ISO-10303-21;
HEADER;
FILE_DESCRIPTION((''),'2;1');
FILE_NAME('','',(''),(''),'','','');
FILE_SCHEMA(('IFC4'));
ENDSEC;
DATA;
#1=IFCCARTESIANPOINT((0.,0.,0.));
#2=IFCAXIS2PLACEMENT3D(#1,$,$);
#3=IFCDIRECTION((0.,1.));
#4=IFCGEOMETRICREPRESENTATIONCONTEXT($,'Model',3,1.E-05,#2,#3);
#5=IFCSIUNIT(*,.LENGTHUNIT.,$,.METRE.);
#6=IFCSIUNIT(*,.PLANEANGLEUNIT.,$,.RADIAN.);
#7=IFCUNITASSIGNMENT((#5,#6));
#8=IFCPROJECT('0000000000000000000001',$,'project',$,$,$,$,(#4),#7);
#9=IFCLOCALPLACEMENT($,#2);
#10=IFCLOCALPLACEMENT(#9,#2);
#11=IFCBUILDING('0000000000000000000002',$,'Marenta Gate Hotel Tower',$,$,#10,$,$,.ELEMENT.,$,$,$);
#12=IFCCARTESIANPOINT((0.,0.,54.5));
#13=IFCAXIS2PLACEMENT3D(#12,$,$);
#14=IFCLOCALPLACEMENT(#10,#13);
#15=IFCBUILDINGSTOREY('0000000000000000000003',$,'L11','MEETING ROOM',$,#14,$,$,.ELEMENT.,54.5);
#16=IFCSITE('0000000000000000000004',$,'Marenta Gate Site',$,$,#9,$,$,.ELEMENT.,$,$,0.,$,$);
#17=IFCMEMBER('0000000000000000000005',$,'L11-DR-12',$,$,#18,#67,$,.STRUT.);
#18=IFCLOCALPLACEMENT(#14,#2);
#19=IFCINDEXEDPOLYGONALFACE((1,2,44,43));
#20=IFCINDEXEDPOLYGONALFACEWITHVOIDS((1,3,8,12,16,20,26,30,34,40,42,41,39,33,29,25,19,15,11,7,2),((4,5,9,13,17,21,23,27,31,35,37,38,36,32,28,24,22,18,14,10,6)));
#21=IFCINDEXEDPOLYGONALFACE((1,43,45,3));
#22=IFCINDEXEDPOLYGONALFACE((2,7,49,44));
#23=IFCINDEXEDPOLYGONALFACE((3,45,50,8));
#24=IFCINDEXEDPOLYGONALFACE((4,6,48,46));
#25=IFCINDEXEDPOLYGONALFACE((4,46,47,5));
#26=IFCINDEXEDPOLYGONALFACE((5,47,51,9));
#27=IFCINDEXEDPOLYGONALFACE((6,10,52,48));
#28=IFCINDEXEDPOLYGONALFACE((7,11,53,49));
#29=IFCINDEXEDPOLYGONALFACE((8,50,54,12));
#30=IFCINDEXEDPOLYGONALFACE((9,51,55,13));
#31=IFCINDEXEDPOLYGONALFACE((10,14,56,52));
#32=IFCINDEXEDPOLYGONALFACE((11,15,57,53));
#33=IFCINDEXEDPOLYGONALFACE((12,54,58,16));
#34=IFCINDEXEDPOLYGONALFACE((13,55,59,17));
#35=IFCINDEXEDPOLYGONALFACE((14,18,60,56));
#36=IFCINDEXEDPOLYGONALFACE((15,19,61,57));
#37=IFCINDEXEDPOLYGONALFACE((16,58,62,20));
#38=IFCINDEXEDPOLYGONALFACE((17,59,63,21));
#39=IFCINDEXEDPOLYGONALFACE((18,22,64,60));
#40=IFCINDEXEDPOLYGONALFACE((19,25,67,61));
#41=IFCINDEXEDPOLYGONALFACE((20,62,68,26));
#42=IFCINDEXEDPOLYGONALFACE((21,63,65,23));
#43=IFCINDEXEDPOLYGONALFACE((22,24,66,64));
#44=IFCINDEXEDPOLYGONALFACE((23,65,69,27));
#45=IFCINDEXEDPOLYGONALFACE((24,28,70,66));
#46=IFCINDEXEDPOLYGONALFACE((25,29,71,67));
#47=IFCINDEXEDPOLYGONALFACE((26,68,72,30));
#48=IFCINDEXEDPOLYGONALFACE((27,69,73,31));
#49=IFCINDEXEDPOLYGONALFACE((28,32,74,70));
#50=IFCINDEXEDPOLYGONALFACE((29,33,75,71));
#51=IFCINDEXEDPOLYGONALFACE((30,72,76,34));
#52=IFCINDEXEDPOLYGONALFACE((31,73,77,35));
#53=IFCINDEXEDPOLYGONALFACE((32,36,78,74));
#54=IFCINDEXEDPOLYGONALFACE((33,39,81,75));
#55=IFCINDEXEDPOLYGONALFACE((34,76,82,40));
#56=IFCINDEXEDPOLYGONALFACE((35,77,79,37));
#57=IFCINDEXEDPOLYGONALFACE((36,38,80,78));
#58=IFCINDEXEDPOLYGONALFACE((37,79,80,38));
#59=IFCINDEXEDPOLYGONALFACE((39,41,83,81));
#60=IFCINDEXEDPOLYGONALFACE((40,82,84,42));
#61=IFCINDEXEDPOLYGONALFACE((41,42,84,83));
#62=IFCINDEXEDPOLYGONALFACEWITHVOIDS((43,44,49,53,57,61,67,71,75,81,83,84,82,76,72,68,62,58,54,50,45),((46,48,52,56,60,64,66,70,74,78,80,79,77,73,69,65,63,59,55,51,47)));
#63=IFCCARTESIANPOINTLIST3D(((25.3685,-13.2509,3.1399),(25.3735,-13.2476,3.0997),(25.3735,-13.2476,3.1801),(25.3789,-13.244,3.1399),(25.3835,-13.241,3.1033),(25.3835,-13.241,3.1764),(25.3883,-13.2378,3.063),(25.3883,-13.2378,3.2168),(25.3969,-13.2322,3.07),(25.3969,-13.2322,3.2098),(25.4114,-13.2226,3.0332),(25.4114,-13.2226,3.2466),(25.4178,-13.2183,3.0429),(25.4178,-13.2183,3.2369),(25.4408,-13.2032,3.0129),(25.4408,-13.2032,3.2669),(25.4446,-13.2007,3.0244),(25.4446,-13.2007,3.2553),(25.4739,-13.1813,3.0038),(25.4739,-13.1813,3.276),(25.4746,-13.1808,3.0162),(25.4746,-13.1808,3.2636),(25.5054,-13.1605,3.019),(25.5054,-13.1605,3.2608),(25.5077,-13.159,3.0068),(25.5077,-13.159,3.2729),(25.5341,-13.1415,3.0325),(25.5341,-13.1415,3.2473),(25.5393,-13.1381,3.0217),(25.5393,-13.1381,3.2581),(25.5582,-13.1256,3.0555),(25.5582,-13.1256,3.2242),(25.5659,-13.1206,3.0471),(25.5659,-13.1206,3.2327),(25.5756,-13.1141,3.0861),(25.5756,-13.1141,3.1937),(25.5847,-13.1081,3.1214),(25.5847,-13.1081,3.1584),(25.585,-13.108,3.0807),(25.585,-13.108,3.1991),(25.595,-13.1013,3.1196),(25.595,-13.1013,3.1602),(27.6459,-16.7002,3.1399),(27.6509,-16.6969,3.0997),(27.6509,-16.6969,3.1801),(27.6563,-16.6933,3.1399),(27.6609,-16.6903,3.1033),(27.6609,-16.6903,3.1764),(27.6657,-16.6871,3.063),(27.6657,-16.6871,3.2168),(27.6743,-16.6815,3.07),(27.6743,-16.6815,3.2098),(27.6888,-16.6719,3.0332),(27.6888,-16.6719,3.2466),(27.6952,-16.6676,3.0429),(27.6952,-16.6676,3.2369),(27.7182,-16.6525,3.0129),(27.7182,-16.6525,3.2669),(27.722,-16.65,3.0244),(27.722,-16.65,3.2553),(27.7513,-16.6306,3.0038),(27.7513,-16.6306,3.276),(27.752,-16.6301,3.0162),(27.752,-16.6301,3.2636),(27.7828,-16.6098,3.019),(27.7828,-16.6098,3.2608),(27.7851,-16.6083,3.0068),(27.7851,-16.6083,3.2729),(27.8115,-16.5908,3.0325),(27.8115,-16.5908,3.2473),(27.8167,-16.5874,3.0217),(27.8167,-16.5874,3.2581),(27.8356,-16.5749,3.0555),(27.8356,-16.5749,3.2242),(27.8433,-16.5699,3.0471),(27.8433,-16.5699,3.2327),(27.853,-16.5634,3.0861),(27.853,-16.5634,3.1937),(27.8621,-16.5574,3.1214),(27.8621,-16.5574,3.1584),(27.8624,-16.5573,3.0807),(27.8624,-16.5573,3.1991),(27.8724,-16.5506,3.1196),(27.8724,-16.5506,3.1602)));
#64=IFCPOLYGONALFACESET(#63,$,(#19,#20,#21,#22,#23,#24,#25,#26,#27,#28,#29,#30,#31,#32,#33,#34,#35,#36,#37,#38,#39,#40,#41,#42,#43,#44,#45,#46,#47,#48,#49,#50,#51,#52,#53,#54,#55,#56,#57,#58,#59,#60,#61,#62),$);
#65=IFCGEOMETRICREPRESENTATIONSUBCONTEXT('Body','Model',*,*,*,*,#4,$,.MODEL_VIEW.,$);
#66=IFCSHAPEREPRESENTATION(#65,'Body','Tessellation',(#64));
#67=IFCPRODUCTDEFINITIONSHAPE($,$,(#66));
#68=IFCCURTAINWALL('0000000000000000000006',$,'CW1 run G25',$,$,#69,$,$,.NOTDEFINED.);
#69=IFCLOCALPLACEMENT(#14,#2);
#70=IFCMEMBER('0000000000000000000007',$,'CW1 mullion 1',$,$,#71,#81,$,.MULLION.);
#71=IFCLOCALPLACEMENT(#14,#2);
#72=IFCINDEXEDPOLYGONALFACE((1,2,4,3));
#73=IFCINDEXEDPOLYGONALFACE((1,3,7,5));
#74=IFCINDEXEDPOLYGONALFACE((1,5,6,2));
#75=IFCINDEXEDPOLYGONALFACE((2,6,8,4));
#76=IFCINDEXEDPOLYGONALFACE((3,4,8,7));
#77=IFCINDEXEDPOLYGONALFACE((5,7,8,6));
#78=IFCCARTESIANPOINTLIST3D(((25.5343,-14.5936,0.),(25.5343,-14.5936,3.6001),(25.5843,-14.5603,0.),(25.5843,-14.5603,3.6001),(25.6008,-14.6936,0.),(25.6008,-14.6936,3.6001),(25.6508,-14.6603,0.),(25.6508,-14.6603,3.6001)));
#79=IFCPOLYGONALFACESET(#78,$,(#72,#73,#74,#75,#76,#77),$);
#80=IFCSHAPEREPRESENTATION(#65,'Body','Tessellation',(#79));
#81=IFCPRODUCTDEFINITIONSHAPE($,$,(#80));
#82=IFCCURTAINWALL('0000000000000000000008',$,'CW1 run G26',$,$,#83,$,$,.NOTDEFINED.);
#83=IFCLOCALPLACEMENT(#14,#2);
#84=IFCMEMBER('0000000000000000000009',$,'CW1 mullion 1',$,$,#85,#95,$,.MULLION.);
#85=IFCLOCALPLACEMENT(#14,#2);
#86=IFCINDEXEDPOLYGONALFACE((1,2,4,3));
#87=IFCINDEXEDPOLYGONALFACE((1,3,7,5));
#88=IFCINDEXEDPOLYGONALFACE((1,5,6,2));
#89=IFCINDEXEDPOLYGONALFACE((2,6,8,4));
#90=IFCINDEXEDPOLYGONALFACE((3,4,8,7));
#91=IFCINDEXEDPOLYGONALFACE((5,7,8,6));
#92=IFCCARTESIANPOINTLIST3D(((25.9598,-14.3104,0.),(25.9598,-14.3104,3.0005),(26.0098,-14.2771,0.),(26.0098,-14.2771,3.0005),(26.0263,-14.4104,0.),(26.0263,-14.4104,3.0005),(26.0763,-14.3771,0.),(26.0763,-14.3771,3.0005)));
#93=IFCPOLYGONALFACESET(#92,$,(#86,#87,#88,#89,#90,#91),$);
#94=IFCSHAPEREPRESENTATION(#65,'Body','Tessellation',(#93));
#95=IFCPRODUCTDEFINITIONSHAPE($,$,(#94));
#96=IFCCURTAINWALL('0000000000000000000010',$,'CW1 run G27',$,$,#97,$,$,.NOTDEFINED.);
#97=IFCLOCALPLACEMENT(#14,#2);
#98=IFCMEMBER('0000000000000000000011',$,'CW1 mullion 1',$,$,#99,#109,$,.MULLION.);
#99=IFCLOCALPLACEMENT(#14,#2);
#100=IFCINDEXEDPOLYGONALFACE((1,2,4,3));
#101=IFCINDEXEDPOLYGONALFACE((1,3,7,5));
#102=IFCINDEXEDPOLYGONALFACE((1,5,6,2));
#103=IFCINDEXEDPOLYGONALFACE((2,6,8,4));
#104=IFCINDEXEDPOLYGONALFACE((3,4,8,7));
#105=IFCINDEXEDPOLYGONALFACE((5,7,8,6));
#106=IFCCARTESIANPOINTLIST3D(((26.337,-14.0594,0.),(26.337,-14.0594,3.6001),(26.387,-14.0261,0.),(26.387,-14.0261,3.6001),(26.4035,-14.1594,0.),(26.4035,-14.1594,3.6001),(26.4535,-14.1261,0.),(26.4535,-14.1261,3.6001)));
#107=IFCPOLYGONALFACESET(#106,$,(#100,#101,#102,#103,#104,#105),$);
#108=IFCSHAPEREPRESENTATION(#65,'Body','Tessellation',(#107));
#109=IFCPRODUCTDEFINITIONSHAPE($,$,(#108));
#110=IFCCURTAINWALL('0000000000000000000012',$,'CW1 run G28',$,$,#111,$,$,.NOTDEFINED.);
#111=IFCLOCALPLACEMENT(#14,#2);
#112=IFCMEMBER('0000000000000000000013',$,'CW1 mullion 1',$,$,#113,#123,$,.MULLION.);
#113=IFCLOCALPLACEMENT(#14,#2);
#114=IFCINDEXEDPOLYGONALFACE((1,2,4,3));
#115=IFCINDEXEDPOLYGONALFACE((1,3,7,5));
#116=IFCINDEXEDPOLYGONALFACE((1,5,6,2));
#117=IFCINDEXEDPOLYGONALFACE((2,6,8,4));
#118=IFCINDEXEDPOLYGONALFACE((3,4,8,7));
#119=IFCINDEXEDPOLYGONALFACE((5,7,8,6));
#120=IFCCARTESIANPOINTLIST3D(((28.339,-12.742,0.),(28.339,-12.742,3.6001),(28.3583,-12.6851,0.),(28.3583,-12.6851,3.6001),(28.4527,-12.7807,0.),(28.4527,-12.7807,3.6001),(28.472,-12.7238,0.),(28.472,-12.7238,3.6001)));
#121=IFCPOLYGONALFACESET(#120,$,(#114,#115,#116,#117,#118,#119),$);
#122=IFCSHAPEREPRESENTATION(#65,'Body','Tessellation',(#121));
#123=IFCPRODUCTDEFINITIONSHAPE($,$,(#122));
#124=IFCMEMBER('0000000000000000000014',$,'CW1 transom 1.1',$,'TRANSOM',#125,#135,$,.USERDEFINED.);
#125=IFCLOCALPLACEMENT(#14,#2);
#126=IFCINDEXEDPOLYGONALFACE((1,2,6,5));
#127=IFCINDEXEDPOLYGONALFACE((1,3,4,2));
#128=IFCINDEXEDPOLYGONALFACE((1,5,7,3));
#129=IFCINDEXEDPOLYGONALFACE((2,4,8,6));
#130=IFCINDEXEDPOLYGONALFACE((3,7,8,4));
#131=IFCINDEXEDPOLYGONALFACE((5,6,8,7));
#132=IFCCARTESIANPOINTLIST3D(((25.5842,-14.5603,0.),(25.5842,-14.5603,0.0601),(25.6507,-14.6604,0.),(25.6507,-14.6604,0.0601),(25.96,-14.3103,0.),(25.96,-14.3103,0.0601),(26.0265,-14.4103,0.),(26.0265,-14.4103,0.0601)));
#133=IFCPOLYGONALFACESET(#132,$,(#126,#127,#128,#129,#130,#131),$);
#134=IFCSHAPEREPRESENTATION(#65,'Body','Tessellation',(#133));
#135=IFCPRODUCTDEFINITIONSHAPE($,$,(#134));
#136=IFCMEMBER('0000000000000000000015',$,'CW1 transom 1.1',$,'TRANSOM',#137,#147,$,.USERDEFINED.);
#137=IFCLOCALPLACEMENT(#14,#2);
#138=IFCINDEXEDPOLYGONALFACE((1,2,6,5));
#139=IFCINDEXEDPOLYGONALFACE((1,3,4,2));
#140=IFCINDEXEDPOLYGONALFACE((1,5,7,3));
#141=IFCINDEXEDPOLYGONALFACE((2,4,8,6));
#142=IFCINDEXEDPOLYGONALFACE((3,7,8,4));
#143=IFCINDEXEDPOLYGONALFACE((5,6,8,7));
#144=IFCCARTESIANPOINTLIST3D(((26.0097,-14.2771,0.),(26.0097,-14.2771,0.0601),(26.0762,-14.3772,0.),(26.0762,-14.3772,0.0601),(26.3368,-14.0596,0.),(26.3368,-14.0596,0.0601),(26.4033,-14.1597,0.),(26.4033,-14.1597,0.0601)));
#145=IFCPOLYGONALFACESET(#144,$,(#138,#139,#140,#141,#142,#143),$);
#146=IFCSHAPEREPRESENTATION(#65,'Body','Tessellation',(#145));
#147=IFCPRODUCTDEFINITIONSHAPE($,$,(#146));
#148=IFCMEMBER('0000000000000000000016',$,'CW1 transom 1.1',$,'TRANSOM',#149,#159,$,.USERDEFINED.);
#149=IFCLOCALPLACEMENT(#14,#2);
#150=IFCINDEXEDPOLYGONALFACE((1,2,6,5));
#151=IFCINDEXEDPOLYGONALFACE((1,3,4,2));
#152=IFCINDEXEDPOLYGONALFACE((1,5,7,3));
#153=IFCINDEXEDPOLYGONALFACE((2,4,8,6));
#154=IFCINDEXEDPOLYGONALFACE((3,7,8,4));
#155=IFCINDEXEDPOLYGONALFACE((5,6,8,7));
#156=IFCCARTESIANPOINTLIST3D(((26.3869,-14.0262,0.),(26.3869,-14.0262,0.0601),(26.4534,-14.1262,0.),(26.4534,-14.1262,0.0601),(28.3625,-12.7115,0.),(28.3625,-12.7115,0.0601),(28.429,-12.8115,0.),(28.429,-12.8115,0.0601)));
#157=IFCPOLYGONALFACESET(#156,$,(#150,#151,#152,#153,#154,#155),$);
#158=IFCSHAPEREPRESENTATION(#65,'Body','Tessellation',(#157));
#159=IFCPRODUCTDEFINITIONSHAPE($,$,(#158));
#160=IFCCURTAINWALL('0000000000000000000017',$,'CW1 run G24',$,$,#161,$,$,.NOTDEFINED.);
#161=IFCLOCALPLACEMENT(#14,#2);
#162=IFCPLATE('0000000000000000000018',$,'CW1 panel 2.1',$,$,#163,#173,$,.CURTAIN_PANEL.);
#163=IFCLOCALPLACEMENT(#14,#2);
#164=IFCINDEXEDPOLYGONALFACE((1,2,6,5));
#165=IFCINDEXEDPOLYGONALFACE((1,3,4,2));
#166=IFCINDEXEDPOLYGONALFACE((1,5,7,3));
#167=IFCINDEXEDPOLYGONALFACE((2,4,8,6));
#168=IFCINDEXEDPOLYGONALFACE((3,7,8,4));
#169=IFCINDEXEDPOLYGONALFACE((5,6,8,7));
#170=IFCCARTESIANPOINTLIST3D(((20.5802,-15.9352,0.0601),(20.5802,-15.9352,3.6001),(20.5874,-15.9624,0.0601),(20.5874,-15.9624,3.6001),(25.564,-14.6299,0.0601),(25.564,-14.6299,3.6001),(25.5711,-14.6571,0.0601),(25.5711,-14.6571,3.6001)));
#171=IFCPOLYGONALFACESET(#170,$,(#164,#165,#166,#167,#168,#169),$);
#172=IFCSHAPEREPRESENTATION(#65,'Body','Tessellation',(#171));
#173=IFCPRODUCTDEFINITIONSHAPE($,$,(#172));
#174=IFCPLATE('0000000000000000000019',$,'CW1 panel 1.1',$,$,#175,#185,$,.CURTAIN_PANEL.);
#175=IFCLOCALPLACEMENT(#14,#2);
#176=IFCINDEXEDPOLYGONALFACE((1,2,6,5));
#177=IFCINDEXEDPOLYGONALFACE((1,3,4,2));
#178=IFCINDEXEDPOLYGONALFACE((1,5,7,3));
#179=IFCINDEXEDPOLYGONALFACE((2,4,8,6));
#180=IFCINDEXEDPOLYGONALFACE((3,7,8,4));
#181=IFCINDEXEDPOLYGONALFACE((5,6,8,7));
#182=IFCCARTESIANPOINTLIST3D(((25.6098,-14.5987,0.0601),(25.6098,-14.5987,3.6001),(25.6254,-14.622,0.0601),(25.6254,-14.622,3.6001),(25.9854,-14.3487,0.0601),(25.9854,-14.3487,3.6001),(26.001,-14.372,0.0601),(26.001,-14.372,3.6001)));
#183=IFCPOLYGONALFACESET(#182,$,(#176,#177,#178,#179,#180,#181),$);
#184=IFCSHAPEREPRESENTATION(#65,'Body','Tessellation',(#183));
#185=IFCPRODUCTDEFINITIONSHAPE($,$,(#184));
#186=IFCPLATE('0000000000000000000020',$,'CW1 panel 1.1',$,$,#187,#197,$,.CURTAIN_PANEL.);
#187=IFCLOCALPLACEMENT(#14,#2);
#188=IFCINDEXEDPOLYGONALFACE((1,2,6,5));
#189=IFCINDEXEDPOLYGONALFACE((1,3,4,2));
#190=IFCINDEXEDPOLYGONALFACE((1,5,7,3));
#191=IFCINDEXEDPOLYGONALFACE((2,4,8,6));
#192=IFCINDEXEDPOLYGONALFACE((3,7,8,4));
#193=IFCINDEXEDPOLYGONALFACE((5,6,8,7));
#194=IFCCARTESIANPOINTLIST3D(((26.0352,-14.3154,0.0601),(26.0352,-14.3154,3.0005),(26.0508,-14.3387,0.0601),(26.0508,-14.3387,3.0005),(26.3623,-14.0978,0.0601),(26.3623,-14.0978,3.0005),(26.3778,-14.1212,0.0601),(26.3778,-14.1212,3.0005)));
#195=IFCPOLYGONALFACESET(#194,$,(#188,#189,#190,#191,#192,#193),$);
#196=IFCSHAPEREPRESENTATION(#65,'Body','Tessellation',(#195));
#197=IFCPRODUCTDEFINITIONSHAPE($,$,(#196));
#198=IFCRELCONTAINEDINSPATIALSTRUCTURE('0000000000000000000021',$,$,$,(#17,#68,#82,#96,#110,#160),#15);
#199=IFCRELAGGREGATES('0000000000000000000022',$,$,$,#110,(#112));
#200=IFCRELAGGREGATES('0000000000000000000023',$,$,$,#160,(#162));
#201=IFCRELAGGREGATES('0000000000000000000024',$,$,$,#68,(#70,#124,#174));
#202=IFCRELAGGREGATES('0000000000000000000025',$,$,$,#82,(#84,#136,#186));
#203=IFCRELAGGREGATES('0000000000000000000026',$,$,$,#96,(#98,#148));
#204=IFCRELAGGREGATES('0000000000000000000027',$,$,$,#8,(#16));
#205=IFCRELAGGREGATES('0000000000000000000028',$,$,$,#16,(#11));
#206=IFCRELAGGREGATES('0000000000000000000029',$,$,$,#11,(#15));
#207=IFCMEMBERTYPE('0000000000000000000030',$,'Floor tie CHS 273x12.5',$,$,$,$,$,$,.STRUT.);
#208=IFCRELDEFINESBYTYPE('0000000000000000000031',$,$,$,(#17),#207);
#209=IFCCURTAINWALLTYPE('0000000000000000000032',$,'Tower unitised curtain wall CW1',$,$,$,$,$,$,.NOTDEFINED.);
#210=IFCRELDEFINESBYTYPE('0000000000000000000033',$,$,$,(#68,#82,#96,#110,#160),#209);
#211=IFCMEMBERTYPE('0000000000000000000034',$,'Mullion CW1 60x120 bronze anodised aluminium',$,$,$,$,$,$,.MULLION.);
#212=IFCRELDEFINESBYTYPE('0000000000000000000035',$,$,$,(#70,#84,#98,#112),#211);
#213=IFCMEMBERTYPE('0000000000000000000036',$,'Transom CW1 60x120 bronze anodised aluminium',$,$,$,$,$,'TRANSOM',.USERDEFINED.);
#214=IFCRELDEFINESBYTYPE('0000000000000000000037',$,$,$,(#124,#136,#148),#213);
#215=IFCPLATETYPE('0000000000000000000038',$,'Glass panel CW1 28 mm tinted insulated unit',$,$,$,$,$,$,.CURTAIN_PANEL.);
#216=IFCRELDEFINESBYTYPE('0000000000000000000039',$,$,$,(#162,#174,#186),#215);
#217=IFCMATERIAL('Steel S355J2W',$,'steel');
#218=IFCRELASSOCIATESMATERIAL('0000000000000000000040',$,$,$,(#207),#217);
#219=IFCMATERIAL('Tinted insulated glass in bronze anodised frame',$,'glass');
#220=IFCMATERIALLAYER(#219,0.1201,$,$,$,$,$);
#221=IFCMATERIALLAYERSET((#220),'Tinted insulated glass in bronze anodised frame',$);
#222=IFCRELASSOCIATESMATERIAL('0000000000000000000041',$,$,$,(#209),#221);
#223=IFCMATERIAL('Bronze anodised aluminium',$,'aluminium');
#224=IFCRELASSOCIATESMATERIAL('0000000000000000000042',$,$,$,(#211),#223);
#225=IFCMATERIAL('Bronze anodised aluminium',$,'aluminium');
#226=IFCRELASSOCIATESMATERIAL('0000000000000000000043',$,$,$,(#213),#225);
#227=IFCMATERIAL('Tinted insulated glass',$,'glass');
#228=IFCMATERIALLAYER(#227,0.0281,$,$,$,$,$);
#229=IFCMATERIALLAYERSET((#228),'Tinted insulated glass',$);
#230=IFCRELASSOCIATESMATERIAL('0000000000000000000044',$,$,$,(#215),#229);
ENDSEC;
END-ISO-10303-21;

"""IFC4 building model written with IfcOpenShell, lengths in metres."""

from ifc_helpers import new_model, si_unit, direction, frame, origin, origin_2d, place, context, subcontext, project, spatial, rectangle, hollow_circle, extrude, material, layer, layer_set, material_profile, profile_set, type_object, element, aggregate, save


model = new_model("IFC4")

# Units and contexts
model_context = context("Model", 3, precision=1e-05, world=origin(), true_north=direction((0.0, 1.0)))
body_context = subcontext(model_context, "Body", "Model", "MODEL_VIEW")
ifc_project = project(units=[si_unit("LENGTHUNIT", "METRE"), si_unit("PLANEANGLEUNIT", "RADIAN")], contexts=[model_context])

# Site, building, storey
site_placement = place(None, origin())
site = spatial("IfcSite", under=ifc_project, at=site_placement, Name="Marenta Gate Site", CompositionType="ELEMENT", RefElevation=0.0)
building_placement = place(site_placement, origin())
building = spatial("IfcBuilding", under=site, at=building_placement, Name="Marenta Gate Hotel Tower", CompositionType="ELEMENT")
storey_placement = place(building_placement, frame((0.0, 0.0, 54.5)))
storey = spatial("IfcBuildingStorey", under=building, at=storey_placement, Name="L11", Description="MEETING ROOM", CompositionType="ELEMENT", Elevation=54.5)

# Member
ifc_material_1 = material(Name="Steel S355J2W", Category="steel")
ifc_material_profile_1 = material_profile(ifc_material_1, hollow_circle(Radius=0.1365, WallThickness=0.0125, at=origin_2d()), Name="CHS 273x12.5")
ifc_profile_set_1 = profile_set([ifc_material_profile_1], Name="Steel S355J2W")
member_type_1 = type_object("IfcMemberType", Name="Floor tie CHS 273x12.5", PredefinedType="STRUT", material=ifc_profile_set_1)
member_1_placement = place(storey_placement, frame((27.7598, -16.625, 3.1399), z_axis=(-0.550987, 0.834514, 0.0), x_axis=(-0.834514, -0.550987, 0.0)))
element("IfcMember", 1, at=member_1_placement, inside=storey, type_object=member_type_1, Name="L11-DR-12", PredefinedType="STRUT", context=body_context, shape_type="SweptSolid", body=[
    extrude(hollow_circle(Radius=0.1365, WallThickness=0.0125, at=origin_2d()), origin(), (0.0, 0.0, 1.0), 4.1333),
])

# Curtain walls, members
ifc_material_2 = material(Name="Tinted insulated glass in bronze anodised frame", Category="glass")
ifc_layer_1 = layer(ifc_material_2, 0.1201)
ifc_layer_set_1 = layer_set([ifc_layer_1], Name="Tinted insulated glass in bronze anodised frame")
curtain_wall_type = type_object("IfcCurtainWallType", Name="Tower unitised curtain wall CW1", PredefinedType="NOTDEFINED", material=ifc_layer_set_1)
curtain_wall_1_placement = place(storey_placement, origin())
curtain_wall_1 = element("IfcCurtainWall", 2, at=curtain_wall_1_placement, inside=storey, type_object=curtain_wall_type, Name="CW1 run G25", PredefinedType="NOTDEFINED")
ifc_material_3 = material(Name="Bronze anodised aluminium", Category="aluminium")
ifc_material_profile_2 = material_profile(ifc_material_3, rectangle(XDim=0.1201, YDim=0.0601, at=origin_2d()), Name="Mullion CW1 60x120 bronze anodised aluminium")
ifc_profile_set_2 = profile_set([ifc_material_profile_2], Name="Bronze anodised aluminium")
member_type_2 = type_object("IfcMemberType", Name="Mullion CW1 60x120 bronze anodised aluminium", PredefinedType="MULLION", material=ifc_profile_set_2)
member_2_placement = place(storey_placement, frame((25.5925, -14.627, 0.0), z_axis=(0.0, 0.0, 1.0), x_axis=(-0.554068, 0.832471, 0.0)))
member_2 = element("IfcMember", 3, at=member_2_placement, type_object=member_type_2, Name="CW1 mullion 1", PredefinedType="MULLION", context=body_context, shape_type="SweptSolid", body=[
    extrude(rectangle(XDim=0.1201, YDim=0.0601, at=origin_2d()), origin(), (0.0, 0.0, 1.0), 3.6001),
])
curtain_wall_2_placement = place(storey_placement, origin())
curtain_wall_2 = element("IfcCurtainWall", 4, at=curtain_wall_2_placement, inside=storey, type_object=curtain_wall_type, Name="CW1 run G26", PredefinedType="NOTDEFINED")
member_3_placement = place(storey_placement, frame((26.0181, -14.3438, 0.0), z_axis=(0.0, 0.0, 1.0), x_axis=(-0.553936, 0.832559, 0.0)))
member_3 = element("IfcMember", 5, at=member_3_placement, type_object=member_type_2, Name="CW1 mullion 1", PredefinedType="MULLION", context=body_context, shape_type="SweptSolid", body=[
    extrude(rectangle(XDim=0.1201, YDim=0.0601, at=origin_2d()), origin(), (0.0, 0.0, 1.0), 3.0005),
])
curtain_wall_3_placement = place(storey_placement, origin())
curtain_wall_3 = element("IfcCurtainWall", 6, at=curtain_wall_3_placement, inside=storey, type_object=curtain_wall_type, Name="CW1 run G27", PredefinedType="NOTDEFINED")
member_4_placement = place(storey_placement, frame((26.3953, -14.0928, 0.0), z_axis=(0.0, 0.0, 1.0), x_axis=(-0.554046, 0.832486, 0.0)))
member_4 = element("IfcMember", 7, at=member_4_placement, type_object=member_type_2, Name="CW1 mullion 1", PredefinedType="MULLION", context=body_context, shape_type="SweptSolid", body=[
    extrude(rectangle(XDim=0.1201, YDim=0.0601, at=origin_2d()), origin(), (0.0, 0.0, 1.0), 3.6001),
])
curtain_wall_4_placement = place(storey_placement, origin())
curtain_wall_4 = element("IfcCurtainWall", 8, at=curtain_wall_4_placement, inside=storey, type_object=curtain_wall_type, Name="CW1 run G28", PredefinedType="NOTDEFINED")
member_5_placement = place(storey_placement, frame((28.4055, -12.7329, 0.0), z_axis=(0.0, 0.0, 1.0), x_axis=(-0.946722, 0.322051, 0.0)))
member_5 = element("IfcMember", 9, at=member_5_placement, type_object=member_type_2, Name="CW1 mullion 1", PredefinedType="MULLION", context=body_context, shape_type="SweptSolid", body=[
    extrude(rectangle(XDim=0.1201, YDim=0.0601, at=origin_2d()), origin(), (0.0, 0.0, 1.0), 3.6001),
])
aggregate(curtain_wall_4, [member_5])

# Members
ifc_material_4 = material(Name="Bronze anodised aluminium", Category="aluminium")
ifc_material_profile_3 = material_profile(ifc_material_4, rectangle(XDim=0.1201, YDim=0.0601, at=origin_2d()), Name="Transom CW1 60x120 bronze anodised aluminium")
ifc_profile_set_3 = profile_set([ifc_material_profile_3], Name="Bronze anodised aluminium")
member_type_3 = type_object("IfcMemberType", Name="Transom CW1 60x120 bronze anodised aluminium", ElementType="TRANSOM", PredefinedType="USERDEFINED", material=ifc_profile_set_3)
member_6_placement = place(storey_placement, frame((25.6174, -14.6104, 0.03), z_axis=(0.832549, 0.553951, 0.0), x_axis=(-0.553951, 0.832549, 0.0)))
member_6 = element("IfcMember", 10, at=member_6_placement, type_object=member_type_3, Name="CW1 transom 1.1", ObjectType="TRANSOM", PredefinedType="USERDEFINED", context=body_context, shape_type="SweptSolid", body=[
    extrude(rectangle(XDim=0.1201, YDim=0.0601, at=origin_2d()), origin(), (0.0, 0.0, 1.0), 0.4514),
])
member_7_placement = place(storey_placement, frame((26.043, -14.3271, 0.03), z_axis=(0.832719, 0.553696, 0.0), x_axis=(-0.553696, 0.832719, 0.0)))
member_7 = element("IfcMember", 11, at=member_7_placement, type_object=member_type_3, Name="CW1 transom 1.1", ObjectType="TRANSOM", PredefinedType="USERDEFINED", context=body_context, shape_type="SweptSolid", body=[
    extrude(rectangle(XDim=0.1201, YDim=0.0601, at=origin_2d()), origin(), (0.0, 0.0, 1.0), 0.3928),
])
member_8_placement = place(storey_placement, frame((26.4202, -14.0762, 0.03), z_axis=(0.832509, 0.554011, 0.0), x_axis=(-0.554011, 0.832509, 0.0)))
member_8 = element("IfcMember", 12, at=member_8_placement, type_object=member_type_3, Name="CW1 transom 1.1", ObjectType="TRANSOM", PredefinedType="USERDEFINED", context=body_context, shape_type="SweptSolid", body=[
    extrude(rectangle(XDim=0.1201, YDim=0.0601, at=origin_2d()), origin(), (0.0, 0.0, 1.0), 2.373),
])

# Curtain wall, plate
curtain_wall_5_placement = place(storey_placement, origin())
curtain_wall_5 = element("IfcCurtainWall", 13, at=curtain_wall_5_placement, inside=storey, type_object=curtain_wall_type, Name="CW1 run G24", PredefinedType="NOTDEFINED")
ifc_material_5 = material(Name="Tinted insulated glass", Category="glass")
ifc_layer_2 = layer(ifc_material_5, 0.0281)
ifc_layer_set_2 = layer_set([ifc_layer_2], Name="Tinted insulated glass")
plate_type = type_object("IfcPlateType", Name="Glass panel CW1 28 mm tinted insulated unit", PredefinedType="CURTAIN_PANEL", material=ifc_layer_set_2)
plate_1_placement = place(storey_placement, frame((23.0757, -15.2961, 0.0601), z_axis=(0.0, 0.0, 1.0), x_axis=(0.967371, 0.253364, 0.0)))
plate_1 = element("IfcPlate", 14, at=plate_1_placement, type_object=plate_type, Name="CW1 panel 2.1", PredefinedType="CURTAIN_PANEL", context=body_context, shape_type="SweptSolid", body=[
    extrude(rectangle(XDim=5.1519, YDim=0.0281, at=origin_2d()), origin(), (0.0, 0.0, 1.0), 3.54),
])
aggregate(curtain_wall_5, [plate_1])

# Plates
plate_2_placement = place(storey_placement, frame((25.8054, -14.4854, 0.0601), z_axis=(0.0, 0.0, 1.0), x_axis=(0.832471, 0.554068, 0.0)))
plate_2 = element("IfcPlate", 15, at=plate_2_placement, type_object=plate_type, Name="CW1 panel 1.1", PredefinedType="CURTAIN_PANEL", context=body_context, shape_type="SweptSolid", body=[
    extrude(rectangle(XDim=0.4512, YDim=0.0281, at=origin_2d()), origin(), (0.0, 0.0, 1.0), 3.54),
])
aggregate(curtain_wall_1, [member_2, member_6, plate_2])
plate_3_placement = place(storey_placement, frame((26.2065, -14.2183, 0.0601), z_axis=(0.0, 0.0, 1.0), x_axis=(0.832559, 0.553936, 0.0)))
plate_3 = element("IfcPlate", 16, at=plate_3_placement, type_object=plate_type, Name="CW1 panel 1.1", PredefinedType="CURTAIN_PANEL", context=body_context, shape_type="SweptSolid", body=[
    extrude(rectangle(XDim=0.3928, YDim=0.0281, at=origin_2d()), origin(), (0.0, 0.0, 1.0), 2.9404),
])
aggregate(curtain_wall_2, [member_3, member_7, plate_3])
aggregate(curtain_wall_3, [member_4, member_8])

save(model, "model.ifc")
